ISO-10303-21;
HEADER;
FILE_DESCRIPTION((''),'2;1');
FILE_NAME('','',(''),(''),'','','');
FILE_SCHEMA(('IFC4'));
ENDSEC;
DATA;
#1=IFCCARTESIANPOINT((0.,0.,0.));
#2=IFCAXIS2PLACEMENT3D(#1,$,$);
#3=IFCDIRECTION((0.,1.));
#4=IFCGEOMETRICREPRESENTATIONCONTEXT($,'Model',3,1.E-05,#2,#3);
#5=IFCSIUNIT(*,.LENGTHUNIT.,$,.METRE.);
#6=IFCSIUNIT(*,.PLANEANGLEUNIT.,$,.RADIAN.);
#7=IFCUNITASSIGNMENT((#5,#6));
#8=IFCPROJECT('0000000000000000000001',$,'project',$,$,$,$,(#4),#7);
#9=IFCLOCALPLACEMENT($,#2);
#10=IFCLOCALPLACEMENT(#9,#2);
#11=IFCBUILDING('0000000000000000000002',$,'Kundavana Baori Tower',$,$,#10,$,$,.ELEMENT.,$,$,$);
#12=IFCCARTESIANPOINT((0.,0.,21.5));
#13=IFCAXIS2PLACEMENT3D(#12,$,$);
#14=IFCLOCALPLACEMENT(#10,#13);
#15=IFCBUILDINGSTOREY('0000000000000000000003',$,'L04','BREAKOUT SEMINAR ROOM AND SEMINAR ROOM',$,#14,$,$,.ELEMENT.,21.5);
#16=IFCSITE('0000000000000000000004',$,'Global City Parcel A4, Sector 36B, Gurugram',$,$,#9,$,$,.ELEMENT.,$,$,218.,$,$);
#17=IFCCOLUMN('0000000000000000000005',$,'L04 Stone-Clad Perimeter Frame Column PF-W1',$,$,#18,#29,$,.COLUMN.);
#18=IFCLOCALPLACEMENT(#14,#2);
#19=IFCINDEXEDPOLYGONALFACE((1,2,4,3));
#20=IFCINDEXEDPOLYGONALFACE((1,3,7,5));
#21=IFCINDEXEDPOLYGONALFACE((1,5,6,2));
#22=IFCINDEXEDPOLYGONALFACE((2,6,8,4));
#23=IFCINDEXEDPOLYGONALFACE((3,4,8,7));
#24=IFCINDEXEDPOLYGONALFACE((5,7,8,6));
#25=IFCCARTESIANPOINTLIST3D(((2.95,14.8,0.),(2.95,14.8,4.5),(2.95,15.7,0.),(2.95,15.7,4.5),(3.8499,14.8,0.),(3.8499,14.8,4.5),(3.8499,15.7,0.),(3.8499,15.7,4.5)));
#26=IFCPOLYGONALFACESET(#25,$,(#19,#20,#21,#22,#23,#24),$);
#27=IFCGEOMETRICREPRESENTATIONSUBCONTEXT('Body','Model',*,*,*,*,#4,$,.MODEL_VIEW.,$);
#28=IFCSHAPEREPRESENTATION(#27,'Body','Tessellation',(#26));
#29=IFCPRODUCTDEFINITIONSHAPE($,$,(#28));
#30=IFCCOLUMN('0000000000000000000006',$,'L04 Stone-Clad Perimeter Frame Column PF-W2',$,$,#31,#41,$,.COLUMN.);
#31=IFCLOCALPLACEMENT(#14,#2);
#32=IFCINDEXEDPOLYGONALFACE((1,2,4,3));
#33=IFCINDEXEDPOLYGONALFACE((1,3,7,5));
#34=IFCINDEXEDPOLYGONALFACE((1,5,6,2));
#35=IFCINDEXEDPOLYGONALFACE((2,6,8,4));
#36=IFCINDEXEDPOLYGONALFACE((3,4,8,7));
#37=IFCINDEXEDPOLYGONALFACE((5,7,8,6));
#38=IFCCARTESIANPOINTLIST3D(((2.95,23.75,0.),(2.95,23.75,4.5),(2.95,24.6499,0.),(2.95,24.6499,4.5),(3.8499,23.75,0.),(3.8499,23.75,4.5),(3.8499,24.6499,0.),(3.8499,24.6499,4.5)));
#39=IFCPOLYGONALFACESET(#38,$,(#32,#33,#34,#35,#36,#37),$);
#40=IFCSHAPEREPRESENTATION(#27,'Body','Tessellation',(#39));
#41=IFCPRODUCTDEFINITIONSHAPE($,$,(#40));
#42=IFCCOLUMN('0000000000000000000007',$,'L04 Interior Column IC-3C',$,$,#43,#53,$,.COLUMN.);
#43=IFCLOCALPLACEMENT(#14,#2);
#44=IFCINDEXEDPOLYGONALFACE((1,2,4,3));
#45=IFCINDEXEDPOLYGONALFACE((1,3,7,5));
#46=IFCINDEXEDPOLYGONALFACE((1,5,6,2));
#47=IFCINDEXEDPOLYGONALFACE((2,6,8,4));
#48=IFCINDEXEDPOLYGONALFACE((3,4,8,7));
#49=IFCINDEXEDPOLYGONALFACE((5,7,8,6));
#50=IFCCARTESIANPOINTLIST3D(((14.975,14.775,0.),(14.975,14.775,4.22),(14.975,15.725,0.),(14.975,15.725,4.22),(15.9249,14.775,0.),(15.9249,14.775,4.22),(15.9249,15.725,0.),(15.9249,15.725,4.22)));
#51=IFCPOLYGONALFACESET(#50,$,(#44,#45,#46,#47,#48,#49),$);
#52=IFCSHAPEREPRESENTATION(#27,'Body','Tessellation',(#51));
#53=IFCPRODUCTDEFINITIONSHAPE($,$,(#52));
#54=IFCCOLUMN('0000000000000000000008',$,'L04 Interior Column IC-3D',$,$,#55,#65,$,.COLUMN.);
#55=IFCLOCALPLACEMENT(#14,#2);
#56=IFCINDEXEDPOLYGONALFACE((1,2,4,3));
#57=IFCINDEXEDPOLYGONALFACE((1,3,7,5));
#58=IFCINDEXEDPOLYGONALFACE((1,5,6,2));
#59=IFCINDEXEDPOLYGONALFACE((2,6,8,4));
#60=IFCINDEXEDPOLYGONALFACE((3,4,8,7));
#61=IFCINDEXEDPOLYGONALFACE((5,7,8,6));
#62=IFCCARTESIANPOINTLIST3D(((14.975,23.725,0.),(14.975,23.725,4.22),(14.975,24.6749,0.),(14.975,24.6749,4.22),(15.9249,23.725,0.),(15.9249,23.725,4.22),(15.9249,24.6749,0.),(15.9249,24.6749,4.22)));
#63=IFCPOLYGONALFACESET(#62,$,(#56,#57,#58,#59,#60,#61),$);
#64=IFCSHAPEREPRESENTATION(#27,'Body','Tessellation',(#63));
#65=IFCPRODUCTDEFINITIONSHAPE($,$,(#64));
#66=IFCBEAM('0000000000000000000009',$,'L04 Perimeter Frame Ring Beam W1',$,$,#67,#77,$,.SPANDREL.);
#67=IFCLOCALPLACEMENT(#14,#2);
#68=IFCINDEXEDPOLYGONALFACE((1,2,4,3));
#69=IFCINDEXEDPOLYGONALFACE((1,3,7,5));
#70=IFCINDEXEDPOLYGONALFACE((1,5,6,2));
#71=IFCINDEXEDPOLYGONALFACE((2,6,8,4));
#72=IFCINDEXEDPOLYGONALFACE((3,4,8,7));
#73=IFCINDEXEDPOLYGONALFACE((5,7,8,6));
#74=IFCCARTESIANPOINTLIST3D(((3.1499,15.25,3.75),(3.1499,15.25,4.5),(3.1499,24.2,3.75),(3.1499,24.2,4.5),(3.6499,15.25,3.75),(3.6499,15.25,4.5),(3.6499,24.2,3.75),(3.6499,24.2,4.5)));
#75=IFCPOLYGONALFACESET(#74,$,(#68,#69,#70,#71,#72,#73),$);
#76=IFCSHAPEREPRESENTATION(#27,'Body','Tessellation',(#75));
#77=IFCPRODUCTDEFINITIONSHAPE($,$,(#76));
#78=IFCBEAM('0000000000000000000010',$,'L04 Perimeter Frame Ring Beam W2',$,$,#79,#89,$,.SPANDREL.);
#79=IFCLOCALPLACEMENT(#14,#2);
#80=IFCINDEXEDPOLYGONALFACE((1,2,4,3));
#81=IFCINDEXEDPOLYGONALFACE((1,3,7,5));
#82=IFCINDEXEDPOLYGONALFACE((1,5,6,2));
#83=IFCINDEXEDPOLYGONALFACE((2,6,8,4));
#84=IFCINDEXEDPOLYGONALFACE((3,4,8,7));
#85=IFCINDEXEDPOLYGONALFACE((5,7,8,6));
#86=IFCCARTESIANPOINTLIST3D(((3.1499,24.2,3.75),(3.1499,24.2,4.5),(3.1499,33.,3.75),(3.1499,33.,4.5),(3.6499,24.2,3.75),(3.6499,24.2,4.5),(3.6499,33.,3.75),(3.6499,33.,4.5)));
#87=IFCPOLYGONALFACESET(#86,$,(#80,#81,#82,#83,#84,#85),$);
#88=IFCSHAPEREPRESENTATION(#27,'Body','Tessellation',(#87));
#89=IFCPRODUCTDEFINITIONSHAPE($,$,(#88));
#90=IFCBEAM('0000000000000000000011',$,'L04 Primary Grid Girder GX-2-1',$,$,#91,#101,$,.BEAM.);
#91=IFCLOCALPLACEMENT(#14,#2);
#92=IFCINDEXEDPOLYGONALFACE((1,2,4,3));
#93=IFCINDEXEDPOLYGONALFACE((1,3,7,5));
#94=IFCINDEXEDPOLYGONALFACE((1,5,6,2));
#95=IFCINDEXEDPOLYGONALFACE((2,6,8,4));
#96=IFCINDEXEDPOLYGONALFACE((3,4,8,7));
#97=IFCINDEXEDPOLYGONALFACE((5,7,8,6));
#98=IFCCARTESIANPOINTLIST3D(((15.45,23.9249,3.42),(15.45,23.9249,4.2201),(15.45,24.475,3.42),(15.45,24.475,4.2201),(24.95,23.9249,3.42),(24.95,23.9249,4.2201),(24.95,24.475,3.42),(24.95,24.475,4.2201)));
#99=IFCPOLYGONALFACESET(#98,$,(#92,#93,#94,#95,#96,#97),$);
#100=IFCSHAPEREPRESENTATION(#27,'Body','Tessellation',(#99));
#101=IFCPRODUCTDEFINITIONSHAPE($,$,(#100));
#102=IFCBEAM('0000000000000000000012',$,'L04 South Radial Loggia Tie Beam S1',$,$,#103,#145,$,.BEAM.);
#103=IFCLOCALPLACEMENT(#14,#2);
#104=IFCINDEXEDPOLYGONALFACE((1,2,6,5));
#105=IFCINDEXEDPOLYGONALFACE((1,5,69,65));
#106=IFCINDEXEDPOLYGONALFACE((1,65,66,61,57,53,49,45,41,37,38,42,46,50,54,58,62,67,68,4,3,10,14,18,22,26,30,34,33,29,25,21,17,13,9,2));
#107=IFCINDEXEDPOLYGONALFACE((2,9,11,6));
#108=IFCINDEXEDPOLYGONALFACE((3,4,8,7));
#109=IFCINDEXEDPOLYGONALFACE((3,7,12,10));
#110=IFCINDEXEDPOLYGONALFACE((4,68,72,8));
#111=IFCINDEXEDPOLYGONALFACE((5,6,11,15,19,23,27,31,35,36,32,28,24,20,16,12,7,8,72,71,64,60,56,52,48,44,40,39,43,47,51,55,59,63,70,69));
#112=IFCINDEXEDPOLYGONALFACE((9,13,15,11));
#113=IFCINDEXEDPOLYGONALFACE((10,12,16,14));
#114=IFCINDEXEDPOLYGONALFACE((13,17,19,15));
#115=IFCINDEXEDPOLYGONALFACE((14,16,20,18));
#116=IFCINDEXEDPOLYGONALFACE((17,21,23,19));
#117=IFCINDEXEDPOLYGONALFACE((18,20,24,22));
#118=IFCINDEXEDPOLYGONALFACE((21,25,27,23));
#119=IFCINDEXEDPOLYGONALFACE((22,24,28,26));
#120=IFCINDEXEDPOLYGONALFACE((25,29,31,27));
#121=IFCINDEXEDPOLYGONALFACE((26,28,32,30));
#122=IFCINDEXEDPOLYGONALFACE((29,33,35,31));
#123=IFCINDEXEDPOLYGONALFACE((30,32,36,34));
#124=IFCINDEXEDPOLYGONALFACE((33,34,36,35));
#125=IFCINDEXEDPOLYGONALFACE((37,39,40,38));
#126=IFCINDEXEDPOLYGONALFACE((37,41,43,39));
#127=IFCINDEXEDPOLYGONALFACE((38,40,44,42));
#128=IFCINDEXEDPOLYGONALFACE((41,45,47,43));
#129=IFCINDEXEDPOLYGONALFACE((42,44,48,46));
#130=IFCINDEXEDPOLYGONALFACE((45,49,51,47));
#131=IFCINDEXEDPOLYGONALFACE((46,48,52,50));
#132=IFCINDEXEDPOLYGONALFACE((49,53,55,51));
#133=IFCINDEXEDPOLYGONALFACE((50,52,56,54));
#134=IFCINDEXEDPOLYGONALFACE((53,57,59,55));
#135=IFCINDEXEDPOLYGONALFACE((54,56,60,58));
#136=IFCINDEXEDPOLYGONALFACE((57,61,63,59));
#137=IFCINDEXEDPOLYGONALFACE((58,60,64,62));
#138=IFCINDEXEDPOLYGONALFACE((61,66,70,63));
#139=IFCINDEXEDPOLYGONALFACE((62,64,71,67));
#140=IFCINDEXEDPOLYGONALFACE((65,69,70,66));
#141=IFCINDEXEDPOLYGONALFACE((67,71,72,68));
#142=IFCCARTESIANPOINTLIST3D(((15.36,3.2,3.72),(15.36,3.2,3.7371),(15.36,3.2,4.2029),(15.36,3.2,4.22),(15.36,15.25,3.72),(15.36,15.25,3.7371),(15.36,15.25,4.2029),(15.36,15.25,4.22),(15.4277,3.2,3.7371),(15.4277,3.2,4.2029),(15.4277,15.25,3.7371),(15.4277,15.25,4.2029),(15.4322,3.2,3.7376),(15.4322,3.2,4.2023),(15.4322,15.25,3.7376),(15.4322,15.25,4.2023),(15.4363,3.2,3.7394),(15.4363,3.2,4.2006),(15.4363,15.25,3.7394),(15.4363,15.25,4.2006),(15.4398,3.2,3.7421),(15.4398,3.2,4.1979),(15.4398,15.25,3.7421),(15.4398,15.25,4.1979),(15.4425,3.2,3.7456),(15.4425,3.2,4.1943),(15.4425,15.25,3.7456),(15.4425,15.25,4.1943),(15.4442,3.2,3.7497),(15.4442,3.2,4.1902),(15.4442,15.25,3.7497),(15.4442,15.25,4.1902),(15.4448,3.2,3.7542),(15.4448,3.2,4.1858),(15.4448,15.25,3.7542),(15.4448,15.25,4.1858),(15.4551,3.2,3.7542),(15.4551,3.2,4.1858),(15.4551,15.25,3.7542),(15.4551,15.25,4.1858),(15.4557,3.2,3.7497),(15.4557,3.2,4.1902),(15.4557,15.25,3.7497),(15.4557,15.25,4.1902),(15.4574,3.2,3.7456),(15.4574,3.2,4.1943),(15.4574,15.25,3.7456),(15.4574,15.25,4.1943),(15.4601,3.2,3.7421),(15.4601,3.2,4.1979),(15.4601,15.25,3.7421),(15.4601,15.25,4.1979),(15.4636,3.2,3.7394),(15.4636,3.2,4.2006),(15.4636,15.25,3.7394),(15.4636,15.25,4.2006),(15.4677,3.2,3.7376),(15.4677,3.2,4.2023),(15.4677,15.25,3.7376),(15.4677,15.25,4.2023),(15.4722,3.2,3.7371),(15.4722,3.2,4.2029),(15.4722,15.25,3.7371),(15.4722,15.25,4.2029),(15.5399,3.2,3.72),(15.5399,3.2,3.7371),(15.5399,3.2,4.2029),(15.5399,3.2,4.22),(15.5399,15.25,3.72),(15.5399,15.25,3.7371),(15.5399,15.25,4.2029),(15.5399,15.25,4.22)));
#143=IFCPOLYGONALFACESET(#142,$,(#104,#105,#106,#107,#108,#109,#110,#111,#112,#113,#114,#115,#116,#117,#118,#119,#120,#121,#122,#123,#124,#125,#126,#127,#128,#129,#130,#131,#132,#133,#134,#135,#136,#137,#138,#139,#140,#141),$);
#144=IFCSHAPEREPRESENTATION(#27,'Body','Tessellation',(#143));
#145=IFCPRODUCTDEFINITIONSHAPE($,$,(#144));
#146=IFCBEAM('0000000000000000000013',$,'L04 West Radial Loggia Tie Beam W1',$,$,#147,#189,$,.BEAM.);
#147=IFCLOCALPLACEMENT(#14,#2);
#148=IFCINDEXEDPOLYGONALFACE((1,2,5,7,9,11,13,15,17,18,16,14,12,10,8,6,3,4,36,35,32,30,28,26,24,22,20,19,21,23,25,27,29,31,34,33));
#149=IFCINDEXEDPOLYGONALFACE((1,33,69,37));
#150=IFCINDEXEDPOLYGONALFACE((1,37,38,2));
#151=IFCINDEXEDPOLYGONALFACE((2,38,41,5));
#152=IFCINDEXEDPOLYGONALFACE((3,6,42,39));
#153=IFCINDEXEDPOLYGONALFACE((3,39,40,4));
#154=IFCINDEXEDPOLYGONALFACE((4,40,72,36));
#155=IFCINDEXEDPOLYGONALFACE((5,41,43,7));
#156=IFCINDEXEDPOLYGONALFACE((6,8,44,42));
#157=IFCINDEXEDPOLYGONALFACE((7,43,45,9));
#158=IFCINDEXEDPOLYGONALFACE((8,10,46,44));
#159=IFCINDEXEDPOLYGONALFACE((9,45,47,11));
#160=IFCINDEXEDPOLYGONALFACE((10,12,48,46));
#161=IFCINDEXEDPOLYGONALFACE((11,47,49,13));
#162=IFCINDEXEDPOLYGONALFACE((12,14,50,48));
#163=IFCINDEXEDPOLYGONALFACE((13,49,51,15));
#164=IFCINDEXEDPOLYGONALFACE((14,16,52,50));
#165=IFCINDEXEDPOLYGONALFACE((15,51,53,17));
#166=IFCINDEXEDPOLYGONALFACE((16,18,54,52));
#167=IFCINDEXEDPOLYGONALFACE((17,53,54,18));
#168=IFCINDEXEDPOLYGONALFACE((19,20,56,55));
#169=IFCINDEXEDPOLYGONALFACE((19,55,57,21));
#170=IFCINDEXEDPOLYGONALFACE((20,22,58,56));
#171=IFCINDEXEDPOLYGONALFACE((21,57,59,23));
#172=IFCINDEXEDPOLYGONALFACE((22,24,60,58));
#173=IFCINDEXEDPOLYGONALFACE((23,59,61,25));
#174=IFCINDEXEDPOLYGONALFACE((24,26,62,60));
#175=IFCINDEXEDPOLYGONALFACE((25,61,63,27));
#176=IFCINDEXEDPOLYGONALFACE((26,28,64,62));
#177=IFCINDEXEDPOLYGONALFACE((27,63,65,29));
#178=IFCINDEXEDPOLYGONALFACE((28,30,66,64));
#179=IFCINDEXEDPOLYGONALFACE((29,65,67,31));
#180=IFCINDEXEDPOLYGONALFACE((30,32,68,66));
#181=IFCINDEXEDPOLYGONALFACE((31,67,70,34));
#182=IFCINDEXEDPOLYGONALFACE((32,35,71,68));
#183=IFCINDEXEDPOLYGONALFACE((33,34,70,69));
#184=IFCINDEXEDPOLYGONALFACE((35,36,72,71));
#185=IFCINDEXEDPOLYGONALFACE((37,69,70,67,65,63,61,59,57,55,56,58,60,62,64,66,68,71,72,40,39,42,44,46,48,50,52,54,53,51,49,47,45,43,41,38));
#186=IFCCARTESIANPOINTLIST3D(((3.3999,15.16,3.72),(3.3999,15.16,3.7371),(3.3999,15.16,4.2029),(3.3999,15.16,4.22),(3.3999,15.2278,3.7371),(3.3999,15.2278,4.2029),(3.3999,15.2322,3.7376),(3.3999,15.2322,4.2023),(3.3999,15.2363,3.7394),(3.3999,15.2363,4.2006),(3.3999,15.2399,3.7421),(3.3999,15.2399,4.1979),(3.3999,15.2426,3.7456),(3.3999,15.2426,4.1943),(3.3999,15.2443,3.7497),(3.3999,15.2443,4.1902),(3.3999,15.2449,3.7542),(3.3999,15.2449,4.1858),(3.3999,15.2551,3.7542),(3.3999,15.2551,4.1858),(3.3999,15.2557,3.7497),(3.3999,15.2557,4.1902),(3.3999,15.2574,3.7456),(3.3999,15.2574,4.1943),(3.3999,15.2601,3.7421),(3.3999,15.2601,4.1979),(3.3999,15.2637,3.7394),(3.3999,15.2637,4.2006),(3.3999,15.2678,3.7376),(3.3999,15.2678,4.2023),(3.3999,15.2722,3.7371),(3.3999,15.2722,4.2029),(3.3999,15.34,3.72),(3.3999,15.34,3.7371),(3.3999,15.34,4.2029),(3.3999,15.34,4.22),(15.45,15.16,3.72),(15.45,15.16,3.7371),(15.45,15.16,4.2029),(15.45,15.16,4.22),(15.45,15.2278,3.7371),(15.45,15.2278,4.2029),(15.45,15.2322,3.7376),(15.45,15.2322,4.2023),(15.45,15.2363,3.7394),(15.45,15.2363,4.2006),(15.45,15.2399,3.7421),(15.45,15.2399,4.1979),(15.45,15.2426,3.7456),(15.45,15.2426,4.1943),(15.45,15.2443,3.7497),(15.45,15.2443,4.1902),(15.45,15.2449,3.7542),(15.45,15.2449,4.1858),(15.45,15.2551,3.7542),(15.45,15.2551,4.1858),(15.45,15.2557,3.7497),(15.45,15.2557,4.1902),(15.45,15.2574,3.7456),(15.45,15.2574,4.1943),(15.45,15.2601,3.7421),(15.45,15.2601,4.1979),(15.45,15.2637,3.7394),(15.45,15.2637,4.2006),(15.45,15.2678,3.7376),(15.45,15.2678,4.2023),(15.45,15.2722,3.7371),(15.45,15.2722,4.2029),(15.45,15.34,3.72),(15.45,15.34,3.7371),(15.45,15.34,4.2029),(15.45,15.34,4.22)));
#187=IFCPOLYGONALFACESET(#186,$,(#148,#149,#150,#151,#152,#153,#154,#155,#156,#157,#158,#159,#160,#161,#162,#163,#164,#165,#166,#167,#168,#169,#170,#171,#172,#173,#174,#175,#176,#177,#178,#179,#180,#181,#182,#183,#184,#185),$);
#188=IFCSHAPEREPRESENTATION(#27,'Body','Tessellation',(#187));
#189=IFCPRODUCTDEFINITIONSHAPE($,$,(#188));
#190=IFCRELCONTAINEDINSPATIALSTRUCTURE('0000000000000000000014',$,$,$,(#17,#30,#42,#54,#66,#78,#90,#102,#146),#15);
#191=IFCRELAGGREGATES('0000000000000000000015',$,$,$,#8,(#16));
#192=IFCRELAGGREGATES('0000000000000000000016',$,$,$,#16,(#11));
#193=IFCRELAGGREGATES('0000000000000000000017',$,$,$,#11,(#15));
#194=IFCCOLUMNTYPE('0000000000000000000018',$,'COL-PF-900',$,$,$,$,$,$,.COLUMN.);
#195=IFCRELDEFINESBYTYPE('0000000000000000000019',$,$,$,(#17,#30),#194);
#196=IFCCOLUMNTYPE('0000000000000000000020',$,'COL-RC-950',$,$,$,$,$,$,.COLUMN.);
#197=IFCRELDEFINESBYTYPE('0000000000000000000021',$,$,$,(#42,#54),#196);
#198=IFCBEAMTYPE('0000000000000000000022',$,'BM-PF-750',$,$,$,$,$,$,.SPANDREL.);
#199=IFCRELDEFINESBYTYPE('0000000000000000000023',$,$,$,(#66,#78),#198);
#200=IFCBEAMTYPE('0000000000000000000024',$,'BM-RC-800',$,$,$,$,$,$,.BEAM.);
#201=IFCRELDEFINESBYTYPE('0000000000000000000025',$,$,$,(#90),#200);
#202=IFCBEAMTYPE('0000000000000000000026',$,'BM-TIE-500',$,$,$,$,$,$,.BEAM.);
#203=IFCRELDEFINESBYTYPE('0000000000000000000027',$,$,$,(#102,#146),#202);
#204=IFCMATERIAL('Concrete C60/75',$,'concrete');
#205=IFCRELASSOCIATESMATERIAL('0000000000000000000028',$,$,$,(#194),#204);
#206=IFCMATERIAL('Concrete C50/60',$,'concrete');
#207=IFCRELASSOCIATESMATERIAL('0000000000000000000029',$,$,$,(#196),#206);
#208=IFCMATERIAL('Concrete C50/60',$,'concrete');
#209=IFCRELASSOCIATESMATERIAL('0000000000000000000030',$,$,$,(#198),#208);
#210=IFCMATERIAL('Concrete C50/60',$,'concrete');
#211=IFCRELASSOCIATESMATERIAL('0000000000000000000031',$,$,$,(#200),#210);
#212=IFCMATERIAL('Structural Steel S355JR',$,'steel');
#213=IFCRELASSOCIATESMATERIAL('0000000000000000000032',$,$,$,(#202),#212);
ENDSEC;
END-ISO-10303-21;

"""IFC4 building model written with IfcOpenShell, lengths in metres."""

from ifc_helpers import new_model, si_unit, direction, frame, origin, origin_2d, place, context, subcontext, project, spatial, rectangle, i_section, extrude, material, material_profile, profile_set, type_object, element, save


model = new_model("IFC4")

# Units and contexts
model_context = context("Model", 3, precision=1e-05, world=origin(), true_north=direction((0.0, 1.0)))
body_context = subcontext(model_context, "Body", "Model", "MODEL_VIEW")
ifc_project = project(units=[si_unit("LENGTHUNIT", "METRE"), si_unit("PLANEANGLEUNIT", "RADIAN")], contexts=[model_context])

# Site, building, storey
site_placement = place(None, origin())
site = spatial("IfcSite", under=ifc_project, at=site_placement, Name="Global City Parcel A4, Sector 36B, Gurugram", CompositionType="ELEMENT", RefElevation=218.0)
building_placement = place(site_placement, origin())
building = spatial("IfcBuilding", under=site, at=building_placement, Name="Kundavana Baori Tower", CompositionType="ELEMENT")
storey_placement = place(building_placement, frame((0.0, 0.0, 21.5)))
storey = spatial("IfcBuildingStorey", under=building, at=storey_placement, Name="L04", Description="BREAKOUT SEMINAR ROOM AND SEMINAR ROOM", CompositionType="ELEMENT", Elevation=21.5)

# Columns
ifc_material_1 = material(Name="Concrete C60/75", Category="concrete")
ifc_material_profile_1 = material_profile(ifc_material_1, rectangle(XDim=0.8999, YDim=0.8999, at=origin_2d()), Name="RC PF 900x900")
ifc_profile_set_1 = profile_set([ifc_material_profile_1], Name="Concrete C60/75")
column_type_1 = type_object("IfcColumnType", Name="COL-PF-900", PredefinedType="COLUMN", material=ifc_profile_set_1)
for number, where, z_axis, x_axis, name in (
    (1, (3.3999, 15.25, 0.0), (0.0, 0.0, 1.0), (1.0, 0.0, 0.0), "L04 Stone-Clad Perimeter Frame Column PF-W1"),
    (2, (3.3999, 24.2, 0.0), (0.0, 0.0, 1.0), (1.0, 0.0, 0.0), "L04 Stone-Clad Perimeter Frame Column PF-W2"),
):
    element("IfcColumn", number, at=place(storey_placement, frame(where, z_axis=z_axis, x_axis=x_axis)), inside=storey, type_object=column_type_1, Name=name, PredefinedType="COLUMN", context=body_context, shape_type="SweptSolid", body=[
        extrude(rectangle(XDim=0.8999, YDim=0.8999, at=origin_2d()), origin(), (0.0, 0.0, 1.0), 4.5),
    ])
ifc_material_2 = material(Name="Concrete C50/60", Category="concrete")
ifc_material_profile_2 = material_profile(ifc_material_2, rectangle(XDim=0.95, YDim=0.95, at=origin_2d()), Name="RC 950x950")
ifc_profile_set_2 = profile_set([ifc_material_profile_2], Name="Concrete C50/60")
column_type_2 = type_object("IfcColumnType", Name="COL-RC-950", PredefinedType="COLUMN", material=ifc_profile_set_2)
for number, where, z_axis, x_axis, name in (
    (3, (15.45, 15.25, 0.0), (0.0, 0.0, 1.0), (1.0, 0.0, 0.0), "L04 Interior Column IC-3C"),
    (4, (15.45, 24.2, 0.0), (0.0, 0.0, 1.0), (1.0, 0.0, 0.0), "L04 Interior Column IC-3D"),
):
    element("IfcColumn", number, at=place(storey_placement, frame(where, z_axis=z_axis, x_axis=x_axis)), inside=storey, type_object=column_type_2, Name=name, PredefinedType="COLUMN", context=body_context, shape_type="SweptSolid", body=[
        extrude(rectangle(XDim=0.95, YDim=0.95, at=origin_2d()), origin(), (0.0, 0.0, 1.0), 4.22),
    ])

# Beams
ifc_material_3 = material(Name="Concrete C50/60", Category="concrete")
ifc_material_profile_3 = material_profile(ifc_material_3, rectangle(XDim=0.5, YDim=0.75, at=origin_2d()), Name="RC BM 500x750")
ifc_profile_set_3 = profile_set([ifc_material_profile_3], Name="Concrete C50/60")
beam_type_1 = type_object("IfcBeamType", Name="BM-PF-750", PredefinedType="SPANDREL", material=ifc_profile_set_3)
beam_1_placement = place(storey_placement, frame((3.3999, 15.25, 4.125), z_axis=(0.0, 1.0, 0.0), x_axis=(-1.0, 0.0, 0.0)))
element("IfcBeam", 5, at=beam_1_placement, inside=storey, type_object=beam_type_1, Name="L04 Perimeter Frame Ring Beam W1", PredefinedType="SPANDREL", context=body_context, shape_type="SweptSolid", body=[
    extrude(rectangle(XDim=0.5, YDim=0.75, at=origin_2d()), origin(), (0.0, 0.0, 1.0), 8.95),
])
beam_2_placement = place(storey_placement, frame((3.3999, 24.2, 4.125), z_axis=(0.0, 1.0, 0.0), x_axis=(-1.0, 0.0, 0.0)))
element("IfcBeam", 6, at=beam_2_placement, inside=storey, type_object=beam_type_1, Name="L04 Perimeter Frame Ring Beam W2", PredefinedType="SPANDREL", context=body_context, shape_type="SweptSolid", body=[
    extrude(rectangle(XDim=0.5, YDim=0.75, at=origin_2d()), origin(), (0.0, 0.0, 1.0), 8.8),
])
ifc_material_4 = material(Name="Concrete C50/60", Category="concrete")
ifc_material_profile_4 = material_profile(ifc_material_4, rectangle(XDim=0.55, YDim=0.8, at=origin_2d()), Name="RC BM 550x800")
ifc_profile_set_4 = profile_set([ifc_material_profile_4], Name="Concrete C50/60")
beam_type_2 = type_object("IfcBeamType", Name="BM-RC-800", PredefinedType="BEAM", material=ifc_profile_set_4)
beam_3_placement = place(storey_placement, frame((15.45, 24.2, 3.8201), z_axis=(1.0, 0.0, 0.0), x_axis=(0.0, 1.0, 0.0)))
element("IfcBeam", 7, at=beam_3_placement, inside=storey, type_object=beam_type_2, Name="L04 Primary Grid Girder GX-2-1", PredefinedType="BEAM", context=body_context, shape_type="SweptSolid", body=[
    extrude(rectangle(XDim=0.55, YDim=0.8, at=origin_2d()), origin(), (0.0, 0.0, 1.0), 9.5),
])
ifc_material_5 = material(Name="Structural Steel S355JR", Category="steel")
ifc_material_profile_5 = material_profile(ifc_material_5, i_section(OverallWidth=0.1799, OverallDepth=0.5, WebThickness=0.0103, FlangeThickness=0.0171, FilletRadius=0.0171, at=origin_2d()), Name="ISMB 500")
ifc_profile_set_5 = profile_set([ifc_material_profile_5], Name="Structural Steel S355JR")
beam_type_3 = type_object("IfcBeamType", Name="BM-TIE-500", PredefinedType="BEAM", material=ifc_profile_set_5)
for number, where, z_axis, x_axis, name in (
    (8, (15.45, 15.25, 3.97), (0.0, -1.0, 0.0), (1.0, 0.0, 0.0), "L04 South Radial Loggia Tie Beam S1"),
    (9, (15.45, 15.25, 3.97), (-1.0, 0.0, 0.0), (0.0, -1.0, 0.0), "L04 West Radial Loggia Tie Beam W1"),
):
    element("IfcBeam", number, at=place(storey_placement, frame(where, z_axis=z_axis, x_axis=x_axis)), inside=storey, type_object=beam_type_3, Name=name, PredefinedType="BEAM", context=body_context, shape_type="SweptSolid", body=[
        extrude(i_section(OverallWidth=0.1799, OverallDepth=0.5, WebThickness=0.0103, FlangeThickness=0.0171, FilletRadius=0.0171, at=origin_2d()), origin(), (0.0, 0.0, 1.0), 12.05),
    ])

save(model, "model.ifc")
